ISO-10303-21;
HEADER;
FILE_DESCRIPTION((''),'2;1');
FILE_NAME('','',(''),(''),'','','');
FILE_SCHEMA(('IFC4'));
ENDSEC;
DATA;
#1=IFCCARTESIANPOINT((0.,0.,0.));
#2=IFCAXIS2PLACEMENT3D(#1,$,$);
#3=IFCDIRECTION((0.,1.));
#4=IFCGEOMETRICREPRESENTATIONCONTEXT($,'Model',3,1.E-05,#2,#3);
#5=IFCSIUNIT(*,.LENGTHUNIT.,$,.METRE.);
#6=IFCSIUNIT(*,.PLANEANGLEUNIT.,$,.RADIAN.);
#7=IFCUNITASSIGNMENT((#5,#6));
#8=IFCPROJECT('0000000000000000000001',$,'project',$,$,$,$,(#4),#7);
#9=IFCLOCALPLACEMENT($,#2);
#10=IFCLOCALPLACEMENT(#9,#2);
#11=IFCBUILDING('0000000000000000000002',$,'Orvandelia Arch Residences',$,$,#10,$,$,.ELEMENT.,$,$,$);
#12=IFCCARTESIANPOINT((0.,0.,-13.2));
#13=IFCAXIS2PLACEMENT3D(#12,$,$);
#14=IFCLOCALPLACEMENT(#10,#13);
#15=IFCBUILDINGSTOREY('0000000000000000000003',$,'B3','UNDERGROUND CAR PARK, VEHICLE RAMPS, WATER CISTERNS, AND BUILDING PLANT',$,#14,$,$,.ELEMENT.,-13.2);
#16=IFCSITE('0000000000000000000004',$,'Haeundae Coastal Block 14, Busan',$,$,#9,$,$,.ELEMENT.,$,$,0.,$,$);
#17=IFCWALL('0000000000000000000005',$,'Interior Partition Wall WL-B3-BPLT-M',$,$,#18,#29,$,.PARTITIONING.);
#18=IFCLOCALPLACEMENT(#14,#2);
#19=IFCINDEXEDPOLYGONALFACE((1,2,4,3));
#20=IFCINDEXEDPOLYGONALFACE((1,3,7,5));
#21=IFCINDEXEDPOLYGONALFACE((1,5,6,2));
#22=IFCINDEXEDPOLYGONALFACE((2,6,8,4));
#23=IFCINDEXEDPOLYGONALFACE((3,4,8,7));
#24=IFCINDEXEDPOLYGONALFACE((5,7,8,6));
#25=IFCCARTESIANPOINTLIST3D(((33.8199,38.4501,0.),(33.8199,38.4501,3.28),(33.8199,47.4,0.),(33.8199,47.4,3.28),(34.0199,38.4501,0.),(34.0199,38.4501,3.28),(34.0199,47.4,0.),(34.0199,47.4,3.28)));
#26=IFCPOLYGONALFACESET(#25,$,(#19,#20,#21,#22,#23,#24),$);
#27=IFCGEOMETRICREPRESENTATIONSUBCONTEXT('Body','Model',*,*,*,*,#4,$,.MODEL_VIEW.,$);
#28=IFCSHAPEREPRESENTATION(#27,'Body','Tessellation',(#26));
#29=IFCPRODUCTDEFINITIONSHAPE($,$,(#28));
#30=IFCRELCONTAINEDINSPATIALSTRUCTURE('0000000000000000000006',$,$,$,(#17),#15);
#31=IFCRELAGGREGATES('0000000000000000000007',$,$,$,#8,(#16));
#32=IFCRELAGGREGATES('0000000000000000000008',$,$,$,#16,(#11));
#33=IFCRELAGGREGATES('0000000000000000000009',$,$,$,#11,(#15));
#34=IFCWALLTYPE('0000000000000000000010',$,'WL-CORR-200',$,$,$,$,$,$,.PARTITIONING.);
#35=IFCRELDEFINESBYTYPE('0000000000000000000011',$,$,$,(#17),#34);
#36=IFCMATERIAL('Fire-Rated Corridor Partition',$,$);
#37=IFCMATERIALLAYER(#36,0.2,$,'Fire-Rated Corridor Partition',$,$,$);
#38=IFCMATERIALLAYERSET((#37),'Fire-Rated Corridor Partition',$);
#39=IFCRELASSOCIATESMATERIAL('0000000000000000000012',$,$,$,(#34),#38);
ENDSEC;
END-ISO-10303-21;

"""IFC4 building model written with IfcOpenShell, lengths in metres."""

from ifc_helpers import new_model, si_unit, direction, frame, frame_2d, origin, place, context, subcontext, project, spatial, rectangle, extrude, material, layer, layer_set, type_object, element, save


model = new_model("IFC4")

# Units and contexts
model_context = context("Model", 3, precision=1e-05, world=origin(), true_north=direction((0.0, 1.0)))
body_context = subcontext(model_context, "Body", "Model", "MODEL_VIEW")
ifc_project = project(units=[si_unit("LENGTHUNIT", "METRE"), si_unit("PLANEANGLEUNIT", "RADIAN")], contexts=[model_context])

# Site, building, storey
site_placement = place(None, origin())
site = spatial("IfcSite", under=ifc_project, at=site_placement, Name="Haeundae Coastal Block 14, Busan", CompositionType="ELEMENT", RefElevation=0.0)
building_placement = place(site_placement, origin())
building = spatial("IfcBuilding", under=site, at=building_placement, Name="Orvandelia Arch Residences", CompositionType="ELEMENT")
storey_placement = place(building_placement, frame((0.0, 0.0, -13.2)))
storey = spatial("IfcBuildingStorey", under=building, at=storey_placement, Name="B3", Description="UNDERGROUND CAR PARK, VEHICLE RAMPS, WATER CISTERNS, AND BUILDING PLANT", CompositionType="ELEMENT", Elevation=-13.2)

# Wall
ifc_material_1 = material(Name="Fire-Rated Corridor Partition")
ifc_layer = layer(ifc_material_1, 0.2, Name="Fire-Rated Corridor Partition")
ifc_layer_set = layer_set([ifc_layer], Name="Fire-Rated Corridor Partition")
wall_type = type_object("IfcWallType", Name="WL-CORR-200", PredefinedType="PARTITIONING", material=ifc_layer_set)
wall_1_placement = place(storey_placement, frame((33.9199, 38.45, 0.0), z_axis=(0.0, 0.0, 1.0), x_axis=(0.0, 1.0, 0.0)))
element("IfcWall", 1, at=wall_1_placement, inside=storey, type_object=wall_type, Name="Interior Partition Wall WL-B3-BPLT-M", PredefinedType="PARTITIONING", context=body_context, shape_type="SweptSolid", body=[
    extrude(rectangle(XDim=8.95, YDim=0.2, at=frame_2d((4.4751, 0.0))), origin(), (0.0, 0.0, 1.0), 3.28),
])

save(model, "model.ifc")
